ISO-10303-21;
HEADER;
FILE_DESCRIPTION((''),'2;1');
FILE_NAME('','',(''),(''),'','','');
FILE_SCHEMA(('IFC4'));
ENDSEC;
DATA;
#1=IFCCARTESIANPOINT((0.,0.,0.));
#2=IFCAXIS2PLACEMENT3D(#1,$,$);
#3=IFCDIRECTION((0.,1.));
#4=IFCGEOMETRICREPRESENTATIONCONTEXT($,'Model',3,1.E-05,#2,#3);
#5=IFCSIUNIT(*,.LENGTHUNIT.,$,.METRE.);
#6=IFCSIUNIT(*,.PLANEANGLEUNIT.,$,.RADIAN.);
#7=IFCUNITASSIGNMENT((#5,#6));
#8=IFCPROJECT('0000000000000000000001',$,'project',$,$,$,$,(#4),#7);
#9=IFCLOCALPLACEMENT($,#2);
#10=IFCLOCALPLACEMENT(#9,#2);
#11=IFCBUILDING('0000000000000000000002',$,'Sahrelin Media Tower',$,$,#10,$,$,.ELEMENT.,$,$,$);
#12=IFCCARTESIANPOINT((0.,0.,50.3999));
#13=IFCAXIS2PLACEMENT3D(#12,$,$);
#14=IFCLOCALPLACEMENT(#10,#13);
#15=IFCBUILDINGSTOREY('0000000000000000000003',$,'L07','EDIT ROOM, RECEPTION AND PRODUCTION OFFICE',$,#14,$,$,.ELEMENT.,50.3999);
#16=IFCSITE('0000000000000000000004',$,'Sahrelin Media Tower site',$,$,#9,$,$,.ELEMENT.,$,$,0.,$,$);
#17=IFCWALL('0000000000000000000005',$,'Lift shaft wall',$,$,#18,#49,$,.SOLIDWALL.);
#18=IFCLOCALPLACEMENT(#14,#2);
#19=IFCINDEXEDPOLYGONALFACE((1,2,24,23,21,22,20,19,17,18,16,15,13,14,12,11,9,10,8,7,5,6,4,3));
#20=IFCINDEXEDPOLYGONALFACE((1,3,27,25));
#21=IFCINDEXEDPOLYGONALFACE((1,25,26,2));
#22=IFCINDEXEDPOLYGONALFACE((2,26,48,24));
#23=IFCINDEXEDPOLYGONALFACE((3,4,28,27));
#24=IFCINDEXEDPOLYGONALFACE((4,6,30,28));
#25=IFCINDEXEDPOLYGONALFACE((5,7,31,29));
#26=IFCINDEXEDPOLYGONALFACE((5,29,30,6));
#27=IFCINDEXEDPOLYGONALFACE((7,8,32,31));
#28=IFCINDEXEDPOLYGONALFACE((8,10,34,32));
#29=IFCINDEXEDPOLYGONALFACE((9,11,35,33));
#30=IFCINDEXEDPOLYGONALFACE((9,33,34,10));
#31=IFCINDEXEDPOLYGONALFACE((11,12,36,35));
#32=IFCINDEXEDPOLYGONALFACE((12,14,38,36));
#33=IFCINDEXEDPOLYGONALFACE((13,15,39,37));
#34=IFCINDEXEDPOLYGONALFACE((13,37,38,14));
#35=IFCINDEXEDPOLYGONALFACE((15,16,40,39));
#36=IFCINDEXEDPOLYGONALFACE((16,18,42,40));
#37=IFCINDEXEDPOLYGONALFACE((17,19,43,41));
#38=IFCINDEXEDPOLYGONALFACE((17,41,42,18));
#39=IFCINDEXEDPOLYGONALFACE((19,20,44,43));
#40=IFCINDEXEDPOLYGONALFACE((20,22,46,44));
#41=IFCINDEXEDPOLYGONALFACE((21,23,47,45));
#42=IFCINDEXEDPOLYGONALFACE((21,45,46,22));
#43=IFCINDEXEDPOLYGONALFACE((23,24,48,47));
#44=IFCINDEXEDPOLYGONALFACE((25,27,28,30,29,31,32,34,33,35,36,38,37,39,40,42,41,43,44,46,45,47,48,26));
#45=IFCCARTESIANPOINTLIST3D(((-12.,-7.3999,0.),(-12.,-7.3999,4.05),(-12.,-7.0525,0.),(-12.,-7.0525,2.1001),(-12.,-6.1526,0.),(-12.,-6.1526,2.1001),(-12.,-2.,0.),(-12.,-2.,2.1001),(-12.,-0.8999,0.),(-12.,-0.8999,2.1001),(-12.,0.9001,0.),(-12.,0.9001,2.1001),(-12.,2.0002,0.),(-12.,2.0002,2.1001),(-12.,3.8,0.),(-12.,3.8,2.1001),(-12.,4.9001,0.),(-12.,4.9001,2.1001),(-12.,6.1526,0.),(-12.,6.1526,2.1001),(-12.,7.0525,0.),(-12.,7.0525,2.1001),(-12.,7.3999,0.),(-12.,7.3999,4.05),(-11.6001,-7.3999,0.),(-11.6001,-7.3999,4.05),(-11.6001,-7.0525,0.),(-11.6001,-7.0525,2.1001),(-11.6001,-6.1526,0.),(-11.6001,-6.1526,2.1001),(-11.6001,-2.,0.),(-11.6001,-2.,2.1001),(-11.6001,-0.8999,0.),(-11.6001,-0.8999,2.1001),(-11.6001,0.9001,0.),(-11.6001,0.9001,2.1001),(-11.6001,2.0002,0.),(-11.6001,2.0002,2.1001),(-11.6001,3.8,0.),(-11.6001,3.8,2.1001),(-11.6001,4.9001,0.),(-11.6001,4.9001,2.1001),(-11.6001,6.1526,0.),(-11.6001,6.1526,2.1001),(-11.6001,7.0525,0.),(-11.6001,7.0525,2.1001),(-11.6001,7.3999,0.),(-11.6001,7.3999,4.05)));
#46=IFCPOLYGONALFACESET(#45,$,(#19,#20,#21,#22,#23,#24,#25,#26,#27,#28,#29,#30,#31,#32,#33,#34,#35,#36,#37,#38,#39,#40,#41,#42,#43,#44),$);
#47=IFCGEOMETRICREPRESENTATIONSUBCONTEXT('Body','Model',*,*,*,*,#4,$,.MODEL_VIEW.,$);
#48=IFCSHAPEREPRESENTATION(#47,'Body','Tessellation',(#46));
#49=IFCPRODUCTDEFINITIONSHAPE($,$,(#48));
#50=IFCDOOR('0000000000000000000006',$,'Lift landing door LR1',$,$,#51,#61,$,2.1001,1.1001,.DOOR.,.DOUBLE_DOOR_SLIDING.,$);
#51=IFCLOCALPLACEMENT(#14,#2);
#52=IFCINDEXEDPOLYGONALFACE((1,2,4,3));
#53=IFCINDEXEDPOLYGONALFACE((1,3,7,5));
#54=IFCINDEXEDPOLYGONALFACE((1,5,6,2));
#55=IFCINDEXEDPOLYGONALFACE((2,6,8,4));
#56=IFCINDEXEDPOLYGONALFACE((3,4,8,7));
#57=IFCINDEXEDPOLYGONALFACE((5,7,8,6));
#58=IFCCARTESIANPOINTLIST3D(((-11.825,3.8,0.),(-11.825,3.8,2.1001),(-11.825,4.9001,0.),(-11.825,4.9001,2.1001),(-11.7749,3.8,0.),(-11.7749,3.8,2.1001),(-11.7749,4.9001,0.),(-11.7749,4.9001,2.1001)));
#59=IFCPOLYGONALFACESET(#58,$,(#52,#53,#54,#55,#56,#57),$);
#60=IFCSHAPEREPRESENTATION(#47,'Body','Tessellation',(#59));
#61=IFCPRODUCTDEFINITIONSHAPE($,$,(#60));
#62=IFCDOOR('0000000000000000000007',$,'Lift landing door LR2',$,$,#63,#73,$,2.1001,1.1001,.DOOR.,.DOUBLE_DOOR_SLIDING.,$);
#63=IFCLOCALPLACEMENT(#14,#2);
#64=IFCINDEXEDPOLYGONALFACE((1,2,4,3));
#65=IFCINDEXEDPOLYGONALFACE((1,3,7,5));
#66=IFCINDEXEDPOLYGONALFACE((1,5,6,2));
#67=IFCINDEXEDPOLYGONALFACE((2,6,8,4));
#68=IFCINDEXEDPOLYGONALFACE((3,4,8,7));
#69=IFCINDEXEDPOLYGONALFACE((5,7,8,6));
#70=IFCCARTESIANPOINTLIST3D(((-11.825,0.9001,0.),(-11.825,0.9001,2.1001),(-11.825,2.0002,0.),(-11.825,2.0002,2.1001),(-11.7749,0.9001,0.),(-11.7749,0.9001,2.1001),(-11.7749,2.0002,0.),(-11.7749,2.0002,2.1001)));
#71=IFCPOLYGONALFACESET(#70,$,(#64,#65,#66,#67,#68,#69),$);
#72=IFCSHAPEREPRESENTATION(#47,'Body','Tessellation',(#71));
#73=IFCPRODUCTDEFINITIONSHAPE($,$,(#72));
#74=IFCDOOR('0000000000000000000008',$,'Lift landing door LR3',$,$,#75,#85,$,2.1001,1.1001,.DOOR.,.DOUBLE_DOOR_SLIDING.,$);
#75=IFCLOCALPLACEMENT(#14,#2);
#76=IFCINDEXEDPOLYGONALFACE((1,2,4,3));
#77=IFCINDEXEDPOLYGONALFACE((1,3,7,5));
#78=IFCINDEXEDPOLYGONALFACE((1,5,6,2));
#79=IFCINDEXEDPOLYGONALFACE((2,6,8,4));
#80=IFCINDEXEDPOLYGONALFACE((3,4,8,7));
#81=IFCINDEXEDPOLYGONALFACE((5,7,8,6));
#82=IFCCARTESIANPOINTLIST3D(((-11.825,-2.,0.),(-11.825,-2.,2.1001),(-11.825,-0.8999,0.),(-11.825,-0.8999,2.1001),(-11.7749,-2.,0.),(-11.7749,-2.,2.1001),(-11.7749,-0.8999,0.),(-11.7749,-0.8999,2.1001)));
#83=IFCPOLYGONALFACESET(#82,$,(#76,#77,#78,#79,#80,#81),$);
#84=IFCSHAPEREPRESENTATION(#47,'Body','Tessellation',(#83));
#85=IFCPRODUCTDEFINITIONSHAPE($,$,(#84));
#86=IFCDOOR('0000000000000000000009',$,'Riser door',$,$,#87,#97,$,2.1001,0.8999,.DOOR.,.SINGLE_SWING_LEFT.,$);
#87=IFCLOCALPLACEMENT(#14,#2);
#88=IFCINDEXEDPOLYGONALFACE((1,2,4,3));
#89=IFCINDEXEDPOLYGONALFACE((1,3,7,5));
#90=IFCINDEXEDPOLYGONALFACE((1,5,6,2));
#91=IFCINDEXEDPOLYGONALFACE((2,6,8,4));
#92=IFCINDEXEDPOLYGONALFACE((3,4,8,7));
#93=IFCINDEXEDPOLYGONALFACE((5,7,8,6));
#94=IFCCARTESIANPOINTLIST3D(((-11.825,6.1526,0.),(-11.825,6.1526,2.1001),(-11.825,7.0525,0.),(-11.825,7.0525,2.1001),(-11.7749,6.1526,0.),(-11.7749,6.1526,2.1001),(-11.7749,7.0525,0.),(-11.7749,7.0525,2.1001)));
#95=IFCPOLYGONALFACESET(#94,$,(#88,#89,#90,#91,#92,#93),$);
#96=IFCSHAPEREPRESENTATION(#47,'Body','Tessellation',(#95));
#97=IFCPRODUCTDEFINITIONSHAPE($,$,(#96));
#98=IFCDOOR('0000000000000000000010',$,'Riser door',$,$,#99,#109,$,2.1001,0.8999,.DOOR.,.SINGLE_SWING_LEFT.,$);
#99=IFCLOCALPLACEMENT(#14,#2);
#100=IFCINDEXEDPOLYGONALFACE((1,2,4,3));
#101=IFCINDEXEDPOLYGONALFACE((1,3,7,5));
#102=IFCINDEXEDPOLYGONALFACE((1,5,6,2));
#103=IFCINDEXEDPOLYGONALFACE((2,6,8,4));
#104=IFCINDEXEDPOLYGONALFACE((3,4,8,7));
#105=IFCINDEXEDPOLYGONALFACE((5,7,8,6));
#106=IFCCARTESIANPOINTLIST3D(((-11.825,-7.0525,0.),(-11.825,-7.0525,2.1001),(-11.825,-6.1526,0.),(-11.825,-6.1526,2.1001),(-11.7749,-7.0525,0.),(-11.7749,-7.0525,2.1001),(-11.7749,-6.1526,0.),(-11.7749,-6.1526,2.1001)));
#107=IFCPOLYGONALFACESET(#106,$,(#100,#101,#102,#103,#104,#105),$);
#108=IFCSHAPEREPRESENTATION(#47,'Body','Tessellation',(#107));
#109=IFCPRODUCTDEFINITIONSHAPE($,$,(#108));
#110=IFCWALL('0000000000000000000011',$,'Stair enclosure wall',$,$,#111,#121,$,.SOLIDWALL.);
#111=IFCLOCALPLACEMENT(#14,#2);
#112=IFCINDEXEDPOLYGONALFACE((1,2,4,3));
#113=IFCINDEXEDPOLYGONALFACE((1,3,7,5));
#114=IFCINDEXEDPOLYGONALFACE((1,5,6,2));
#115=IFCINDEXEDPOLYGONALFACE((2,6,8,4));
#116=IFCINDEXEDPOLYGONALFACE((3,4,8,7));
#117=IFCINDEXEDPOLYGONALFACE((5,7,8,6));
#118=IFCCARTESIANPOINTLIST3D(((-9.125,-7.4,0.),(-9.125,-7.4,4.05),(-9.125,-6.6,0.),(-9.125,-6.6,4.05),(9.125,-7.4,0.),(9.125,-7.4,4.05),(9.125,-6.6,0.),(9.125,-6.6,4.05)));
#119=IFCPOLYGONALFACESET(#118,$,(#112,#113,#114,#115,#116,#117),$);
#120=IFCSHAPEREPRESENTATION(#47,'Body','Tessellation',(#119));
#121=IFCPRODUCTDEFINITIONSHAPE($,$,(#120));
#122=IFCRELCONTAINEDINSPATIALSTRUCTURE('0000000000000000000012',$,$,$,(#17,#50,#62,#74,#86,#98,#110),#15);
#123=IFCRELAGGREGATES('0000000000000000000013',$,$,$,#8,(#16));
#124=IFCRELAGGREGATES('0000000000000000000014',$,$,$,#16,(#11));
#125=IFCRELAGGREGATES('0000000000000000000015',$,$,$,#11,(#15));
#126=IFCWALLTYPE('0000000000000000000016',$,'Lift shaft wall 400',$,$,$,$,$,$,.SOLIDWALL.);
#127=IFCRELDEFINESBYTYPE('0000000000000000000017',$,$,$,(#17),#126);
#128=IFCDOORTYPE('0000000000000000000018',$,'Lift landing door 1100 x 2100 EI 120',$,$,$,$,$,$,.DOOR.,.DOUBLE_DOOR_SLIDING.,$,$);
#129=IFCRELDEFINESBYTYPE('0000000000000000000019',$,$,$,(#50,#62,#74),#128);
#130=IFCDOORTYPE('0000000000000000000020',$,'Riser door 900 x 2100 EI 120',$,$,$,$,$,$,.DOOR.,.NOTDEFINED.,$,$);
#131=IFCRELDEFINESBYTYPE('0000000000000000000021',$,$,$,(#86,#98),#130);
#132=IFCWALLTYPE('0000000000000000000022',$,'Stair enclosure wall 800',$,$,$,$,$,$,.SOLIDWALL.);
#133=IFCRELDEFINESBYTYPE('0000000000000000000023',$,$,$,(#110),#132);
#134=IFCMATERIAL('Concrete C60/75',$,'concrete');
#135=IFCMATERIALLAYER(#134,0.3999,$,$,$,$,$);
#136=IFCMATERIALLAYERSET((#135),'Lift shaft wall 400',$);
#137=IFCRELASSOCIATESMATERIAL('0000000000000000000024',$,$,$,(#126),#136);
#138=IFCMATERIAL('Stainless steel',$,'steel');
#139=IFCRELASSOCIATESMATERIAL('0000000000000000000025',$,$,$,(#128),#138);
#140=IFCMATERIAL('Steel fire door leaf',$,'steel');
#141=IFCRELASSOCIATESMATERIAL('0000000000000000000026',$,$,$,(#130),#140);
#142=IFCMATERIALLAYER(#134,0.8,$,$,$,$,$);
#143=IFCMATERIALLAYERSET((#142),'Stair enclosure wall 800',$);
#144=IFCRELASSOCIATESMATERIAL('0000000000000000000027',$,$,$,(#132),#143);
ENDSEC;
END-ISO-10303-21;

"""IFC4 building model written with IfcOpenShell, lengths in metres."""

from ifc_helpers import new_model, si_unit, direction, frame, frame_2d, origin, place, context, subcontext, project, spatial, rectangle, extrude, material, layer, layer_set, type_object, element, fill, save


model = new_model("IFC4")

# Units and contexts
model_context = context("Model", 3, precision=1e-05, world=origin(), true_north=direction((0.0, 1.0)))
body_context = subcontext(model_context, "Body", "Model", "MODEL_VIEW")
ifc_project = project(units=[si_unit("LENGTHUNIT", "METRE"), si_unit("PLANEANGLEUNIT", "RADIAN")], contexts=[model_context])

# Site, building, storey
site_placement = place(None, origin())
site = spatial("IfcSite", under=ifc_project, at=site_placement, Name="Sahrelin Media Tower site", CompositionType="ELEMENT", RefElevation=0.0)
building_placement = place(site_placement, origin())
building = spatial("IfcBuilding", under=site, at=building_placement, Name="Sahrelin Media Tower", CompositionType="ELEMENT")
storey_placement = place(building_placement, frame((0.0, 0.0, 50.3999)))
storey = spatial("IfcBuildingStorey", under=building, at=storey_placement, Name="L07", Description="EDIT ROOM, RECEPTION AND PRODUCTION OFFICE", CompositionType="ELEMENT", Elevation=50.3999)

# Shared definitions
ifc_material_1 = material(Name="Concrete C60/75", Category="concrete")
ifc_material_2 = material(Name="Steel fire door leaf", Category="steel")

# Wall, openings, doors
ifc_material_3 = material(Name="Stainless steel", Category="steel")
ifc_layer_1 = layer(ifc_material_1, 0.3999)
ifc_layer_set_1 = layer_set([ifc_layer_1], Name="Lift shaft wall 400")
wall_type_1 = type_object("IfcWallType", Name="Lift shaft wall 400", PredefinedType="SOLIDWALL", material=ifc_layer_set_1)
wall_1_placement = place(storey_placement, frame((-11.8, -7.3999, 0.0), z_axis=(0.0, 0.0, 1.0), x_axis=(0.0, 1.0, 0.0)))
wall_1 = element("IfcWall", 1, at=wall_1_placement, inside=storey, type_object=wall_type_1, Name="Lift shaft wall", PredefinedType="SOLIDWALL", context=body_context, shape_type="SweptSolid", body=[
    extrude(rectangle(XDim=14.7998, YDim=0.3999, at=frame_2d((7.3999, 0.0))), origin(), (0.0, 0.0, 1.0), 4.05),
])
opening_1_placement = place(wall_1_placement, frame((11.2, 0.0, 0.0)))
opening_1 = element("IfcOpeningElement", 2, at=opening_1_placement, cuts=wall_1, PredefinedType="OPENING", context=body_context, shape_type="SweptSolid", body=[
    extrude(rectangle(XDim=1.1001, YDim=2.1001, at=frame_2d((0.55, 1.05))), frame((0.0, 0.2, 0.0), z_axis=(0.0, -1.0, 0.0), x_axis=(1.0, 0.0, 0.0)), (0.0, 0.0, 1.0), 0.3999),
])
opening_2_placement = place(wall_1_placement, frame((8.3, 0.0, 0.0)))
opening_2 = element("IfcOpeningElement", 3, at=opening_2_placement, cuts=wall_1, PredefinedType="OPENING", context=body_context, shape_type="SweptSolid", body=[
    extrude(rectangle(XDim=1.1001, YDim=2.1001, at=frame_2d((0.55, 1.05))), frame((0.0, 0.2, 0.0), z_axis=(0.0, -1.0, 0.0), x_axis=(1.0, 0.0, 0.0)), (0.0, 0.0, 1.0), 0.3999),
])
opening_3_placement = place(wall_1_placement, frame((5.3999, 0.0, 0.0)))
opening_3 = element("IfcOpeningElement", 4, at=opening_3_placement, cuts=wall_1, PredefinedType="OPENING", context=body_context, shape_type="SweptSolid", body=[
    extrude(rectangle(XDim=1.1001, YDim=2.1001, at=frame_2d((0.55, 1.05))), frame((0.0, 0.2, 0.0), z_axis=(0.0, -1.0, 0.0), x_axis=(1.0, 0.0, 0.0)), (0.0, 0.0, 1.0), 0.3999),
])
opening_4_placement = place(wall_1_placement, frame((13.5525, 0.0, 0.0)))
opening_4 = element("IfcOpeningElement", 5, at=opening_4_placement, cuts=wall_1, PredefinedType="OPENING", context=body_context, shape_type="SweptSolid", body=[
    extrude(rectangle(XDim=0.8999, YDim=2.1001, at=frame_2d((0.45, 1.05))), frame((0.0, 0.2, 0.0), z_axis=(0.0, -1.0, 0.0), x_axis=(1.0, 0.0, 0.0)), (0.0, 0.0, 1.0), 0.3999),
])
opening_5_placement = place(wall_1_placement, frame((0.3474, 0.0, 0.0)))
opening_5 = element("IfcOpeningElement", 6, at=opening_5_placement, cuts=wall_1, PredefinedType="OPENING", context=body_context, shape_type="SweptSolid", body=[
    extrude(rectangle(XDim=0.8999, YDim=2.1001, at=frame_2d((0.45, 1.05))), frame((0.0, 0.2, 0.0), z_axis=(0.0, -1.0, 0.0), x_axis=(1.0, 0.0, 0.0)), (0.0, 0.0, 1.0), 0.3999),
])
door_type_1 = type_object("IfcDoorType", Name="Lift landing door 1100 x 2100 EI 120", OperationType="DOUBLE_DOOR_SLIDING", PredefinedType="DOOR", material=ifc_material_3)
door_1_placement = place(opening_1_placement, origin())
door_1 = element("IfcDoor", 7, at=door_1_placement, inside=storey, type_object=door_type_1, Name="Lift landing door LR1", OperationType="DOUBLE_DOOR_SLIDING", OverallHeight=2.1001, OverallWidth=1.1001, PredefinedType="DOOR", context=body_context, shape_type="SweptSolid", body=[
    extrude(rectangle(XDim=1.1001, YDim=2.1001, at=frame_2d((0.55, 1.05))), frame((0.0, 0.0249, 0.0), z_axis=(0.0, -1.0, 0.0), x_axis=(1.0, 0.0, 0.0)), (0.0, 0.0, 1.0), 0.05),
])
fill(opening_1, door_1)
door_2_placement = place(opening_2_placement, origin())
door_2 = element("IfcDoor", 8, at=door_2_placement, inside=storey, type_object=door_type_1, Name="Lift landing door LR2", OperationType="DOUBLE_DOOR_SLIDING", OverallHeight=2.1001, OverallWidth=1.1001, PredefinedType="DOOR", context=body_context, shape_type="SweptSolid", body=[
    extrude(rectangle(XDim=1.1001, YDim=2.1001, at=frame_2d((0.55, 1.05))), frame((0.0, 0.0249, 0.0), z_axis=(0.0, -1.0, 0.0), x_axis=(1.0, 0.0, 0.0)), (0.0, 0.0, 1.0), 0.05),
])
fill(opening_2, door_2)
door_3_placement = place(opening_3_placement, origin())
door_3 = element("IfcDoor", 9, at=door_3_placement, inside=storey, type_object=door_type_1, Name="Lift landing door LR3", OperationType="DOUBLE_DOOR_SLIDING", OverallHeight=2.1001, OverallWidth=1.1001, PredefinedType="DOOR", context=body_context, shape_type="SweptSolid", body=[
    extrude(rectangle(XDim=1.1001, YDim=2.1001, at=frame_2d((0.55, 1.05))), frame((0.0, 0.0249, 0.0), z_axis=(0.0, -1.0, 0.0), x_axis=(1.0, 0.0, 0.0)), (0.0, 0.0, 1.0), 0.05),
])
fill(opening_3, door_3)
door_type_2 = type_object("IfcDoorType", Name="Riser door 900 x 2100 EI 120", OperationType="NOTDEFINED", PredefinedType="DOOR", material=ifc_material_2)
door_4_placement = place(opening_4_placement, origin())
door_4 = element("IfcDoor", 10, at=door_4_placement, inside=storey, type_object=door_type_2, Name="Riser door", OperationType="SINGLE_SWING_LEFT", OverallHeight=2.1001, OverallWidth=0.8999, PredefinedType="DOOR", context=body_context, shape_type="SweptSolid", body=[
    extrude(rectangle(XDim=0.8999, YDim=2.1001, at=frame_2d((0.45, 1.05))), frame((0.0, 0.0249, 0.0), z_axis=(0.0, -1.0, 0.0), x_axis=(1.0, 0.0, 0.0)), (0.0, 0.0, 1.0), 0.05),
])
fill(opening_4, door_4)
door_5_placement = place(opening_5_placement, origin())
door_5 = element("IfcDoor", 11, at=door_5_placement, inside=storey, type_object=door_type_2, Name="Riser door", OperationType="SINGLE_SWING_LEFT", OverallHeight=2.1001, OverallWidth=0.8999, PredefinedType="DOOR", context=body_context, shape_type="SweptSolid", body=[
    extrude(rectangle(XDim=0.8999, YDim=2.1001, at=frame_2d((0.45, 1.05))), frame((0.0, 0.0249, 0.0), z_axis=(0.0, -1.0, 0.0), x_axis=(1.0, 0.0, 0.0)), (0.0, 0.0, 1.0), 0.05),
])
fill(opening_5, door_5)

# Wall
ifc_layer_2 = layer(ifc_material_1, 0.8)
ifc_layer_set_2 = layer_set([ifc_layer_2], Name="Stair enclosure wall 800")
wall_type_2 = type_object("IfcWallType", Name="Stair enclosure wall 800", PredefinedType="SOLIDWALL", material=ifc_layer_set_2)
wall_2_placement = place(storey_placement, frame((-9.125, -7.0, 0.0), z_axis=(0.0, 0.0, 1.0), x_axis=(1.0, 0.0, 0.0)))
element("IfcWall", 12, at=wall_2_placement, inside=storey, type_object=wall_type_2, Name="Stair enclosure wall", PredefinedType="SOLIDWALL", context=body_context, shape_type="SweptSolid", body=[
    extrude(rectangle(XDim=18.25, YDim=0.8, at=frame_2d((9.125, 0.0))), origin(), (0.0, 0.0, 1.0), 4.05),
])

save(model, "model.ifc")
